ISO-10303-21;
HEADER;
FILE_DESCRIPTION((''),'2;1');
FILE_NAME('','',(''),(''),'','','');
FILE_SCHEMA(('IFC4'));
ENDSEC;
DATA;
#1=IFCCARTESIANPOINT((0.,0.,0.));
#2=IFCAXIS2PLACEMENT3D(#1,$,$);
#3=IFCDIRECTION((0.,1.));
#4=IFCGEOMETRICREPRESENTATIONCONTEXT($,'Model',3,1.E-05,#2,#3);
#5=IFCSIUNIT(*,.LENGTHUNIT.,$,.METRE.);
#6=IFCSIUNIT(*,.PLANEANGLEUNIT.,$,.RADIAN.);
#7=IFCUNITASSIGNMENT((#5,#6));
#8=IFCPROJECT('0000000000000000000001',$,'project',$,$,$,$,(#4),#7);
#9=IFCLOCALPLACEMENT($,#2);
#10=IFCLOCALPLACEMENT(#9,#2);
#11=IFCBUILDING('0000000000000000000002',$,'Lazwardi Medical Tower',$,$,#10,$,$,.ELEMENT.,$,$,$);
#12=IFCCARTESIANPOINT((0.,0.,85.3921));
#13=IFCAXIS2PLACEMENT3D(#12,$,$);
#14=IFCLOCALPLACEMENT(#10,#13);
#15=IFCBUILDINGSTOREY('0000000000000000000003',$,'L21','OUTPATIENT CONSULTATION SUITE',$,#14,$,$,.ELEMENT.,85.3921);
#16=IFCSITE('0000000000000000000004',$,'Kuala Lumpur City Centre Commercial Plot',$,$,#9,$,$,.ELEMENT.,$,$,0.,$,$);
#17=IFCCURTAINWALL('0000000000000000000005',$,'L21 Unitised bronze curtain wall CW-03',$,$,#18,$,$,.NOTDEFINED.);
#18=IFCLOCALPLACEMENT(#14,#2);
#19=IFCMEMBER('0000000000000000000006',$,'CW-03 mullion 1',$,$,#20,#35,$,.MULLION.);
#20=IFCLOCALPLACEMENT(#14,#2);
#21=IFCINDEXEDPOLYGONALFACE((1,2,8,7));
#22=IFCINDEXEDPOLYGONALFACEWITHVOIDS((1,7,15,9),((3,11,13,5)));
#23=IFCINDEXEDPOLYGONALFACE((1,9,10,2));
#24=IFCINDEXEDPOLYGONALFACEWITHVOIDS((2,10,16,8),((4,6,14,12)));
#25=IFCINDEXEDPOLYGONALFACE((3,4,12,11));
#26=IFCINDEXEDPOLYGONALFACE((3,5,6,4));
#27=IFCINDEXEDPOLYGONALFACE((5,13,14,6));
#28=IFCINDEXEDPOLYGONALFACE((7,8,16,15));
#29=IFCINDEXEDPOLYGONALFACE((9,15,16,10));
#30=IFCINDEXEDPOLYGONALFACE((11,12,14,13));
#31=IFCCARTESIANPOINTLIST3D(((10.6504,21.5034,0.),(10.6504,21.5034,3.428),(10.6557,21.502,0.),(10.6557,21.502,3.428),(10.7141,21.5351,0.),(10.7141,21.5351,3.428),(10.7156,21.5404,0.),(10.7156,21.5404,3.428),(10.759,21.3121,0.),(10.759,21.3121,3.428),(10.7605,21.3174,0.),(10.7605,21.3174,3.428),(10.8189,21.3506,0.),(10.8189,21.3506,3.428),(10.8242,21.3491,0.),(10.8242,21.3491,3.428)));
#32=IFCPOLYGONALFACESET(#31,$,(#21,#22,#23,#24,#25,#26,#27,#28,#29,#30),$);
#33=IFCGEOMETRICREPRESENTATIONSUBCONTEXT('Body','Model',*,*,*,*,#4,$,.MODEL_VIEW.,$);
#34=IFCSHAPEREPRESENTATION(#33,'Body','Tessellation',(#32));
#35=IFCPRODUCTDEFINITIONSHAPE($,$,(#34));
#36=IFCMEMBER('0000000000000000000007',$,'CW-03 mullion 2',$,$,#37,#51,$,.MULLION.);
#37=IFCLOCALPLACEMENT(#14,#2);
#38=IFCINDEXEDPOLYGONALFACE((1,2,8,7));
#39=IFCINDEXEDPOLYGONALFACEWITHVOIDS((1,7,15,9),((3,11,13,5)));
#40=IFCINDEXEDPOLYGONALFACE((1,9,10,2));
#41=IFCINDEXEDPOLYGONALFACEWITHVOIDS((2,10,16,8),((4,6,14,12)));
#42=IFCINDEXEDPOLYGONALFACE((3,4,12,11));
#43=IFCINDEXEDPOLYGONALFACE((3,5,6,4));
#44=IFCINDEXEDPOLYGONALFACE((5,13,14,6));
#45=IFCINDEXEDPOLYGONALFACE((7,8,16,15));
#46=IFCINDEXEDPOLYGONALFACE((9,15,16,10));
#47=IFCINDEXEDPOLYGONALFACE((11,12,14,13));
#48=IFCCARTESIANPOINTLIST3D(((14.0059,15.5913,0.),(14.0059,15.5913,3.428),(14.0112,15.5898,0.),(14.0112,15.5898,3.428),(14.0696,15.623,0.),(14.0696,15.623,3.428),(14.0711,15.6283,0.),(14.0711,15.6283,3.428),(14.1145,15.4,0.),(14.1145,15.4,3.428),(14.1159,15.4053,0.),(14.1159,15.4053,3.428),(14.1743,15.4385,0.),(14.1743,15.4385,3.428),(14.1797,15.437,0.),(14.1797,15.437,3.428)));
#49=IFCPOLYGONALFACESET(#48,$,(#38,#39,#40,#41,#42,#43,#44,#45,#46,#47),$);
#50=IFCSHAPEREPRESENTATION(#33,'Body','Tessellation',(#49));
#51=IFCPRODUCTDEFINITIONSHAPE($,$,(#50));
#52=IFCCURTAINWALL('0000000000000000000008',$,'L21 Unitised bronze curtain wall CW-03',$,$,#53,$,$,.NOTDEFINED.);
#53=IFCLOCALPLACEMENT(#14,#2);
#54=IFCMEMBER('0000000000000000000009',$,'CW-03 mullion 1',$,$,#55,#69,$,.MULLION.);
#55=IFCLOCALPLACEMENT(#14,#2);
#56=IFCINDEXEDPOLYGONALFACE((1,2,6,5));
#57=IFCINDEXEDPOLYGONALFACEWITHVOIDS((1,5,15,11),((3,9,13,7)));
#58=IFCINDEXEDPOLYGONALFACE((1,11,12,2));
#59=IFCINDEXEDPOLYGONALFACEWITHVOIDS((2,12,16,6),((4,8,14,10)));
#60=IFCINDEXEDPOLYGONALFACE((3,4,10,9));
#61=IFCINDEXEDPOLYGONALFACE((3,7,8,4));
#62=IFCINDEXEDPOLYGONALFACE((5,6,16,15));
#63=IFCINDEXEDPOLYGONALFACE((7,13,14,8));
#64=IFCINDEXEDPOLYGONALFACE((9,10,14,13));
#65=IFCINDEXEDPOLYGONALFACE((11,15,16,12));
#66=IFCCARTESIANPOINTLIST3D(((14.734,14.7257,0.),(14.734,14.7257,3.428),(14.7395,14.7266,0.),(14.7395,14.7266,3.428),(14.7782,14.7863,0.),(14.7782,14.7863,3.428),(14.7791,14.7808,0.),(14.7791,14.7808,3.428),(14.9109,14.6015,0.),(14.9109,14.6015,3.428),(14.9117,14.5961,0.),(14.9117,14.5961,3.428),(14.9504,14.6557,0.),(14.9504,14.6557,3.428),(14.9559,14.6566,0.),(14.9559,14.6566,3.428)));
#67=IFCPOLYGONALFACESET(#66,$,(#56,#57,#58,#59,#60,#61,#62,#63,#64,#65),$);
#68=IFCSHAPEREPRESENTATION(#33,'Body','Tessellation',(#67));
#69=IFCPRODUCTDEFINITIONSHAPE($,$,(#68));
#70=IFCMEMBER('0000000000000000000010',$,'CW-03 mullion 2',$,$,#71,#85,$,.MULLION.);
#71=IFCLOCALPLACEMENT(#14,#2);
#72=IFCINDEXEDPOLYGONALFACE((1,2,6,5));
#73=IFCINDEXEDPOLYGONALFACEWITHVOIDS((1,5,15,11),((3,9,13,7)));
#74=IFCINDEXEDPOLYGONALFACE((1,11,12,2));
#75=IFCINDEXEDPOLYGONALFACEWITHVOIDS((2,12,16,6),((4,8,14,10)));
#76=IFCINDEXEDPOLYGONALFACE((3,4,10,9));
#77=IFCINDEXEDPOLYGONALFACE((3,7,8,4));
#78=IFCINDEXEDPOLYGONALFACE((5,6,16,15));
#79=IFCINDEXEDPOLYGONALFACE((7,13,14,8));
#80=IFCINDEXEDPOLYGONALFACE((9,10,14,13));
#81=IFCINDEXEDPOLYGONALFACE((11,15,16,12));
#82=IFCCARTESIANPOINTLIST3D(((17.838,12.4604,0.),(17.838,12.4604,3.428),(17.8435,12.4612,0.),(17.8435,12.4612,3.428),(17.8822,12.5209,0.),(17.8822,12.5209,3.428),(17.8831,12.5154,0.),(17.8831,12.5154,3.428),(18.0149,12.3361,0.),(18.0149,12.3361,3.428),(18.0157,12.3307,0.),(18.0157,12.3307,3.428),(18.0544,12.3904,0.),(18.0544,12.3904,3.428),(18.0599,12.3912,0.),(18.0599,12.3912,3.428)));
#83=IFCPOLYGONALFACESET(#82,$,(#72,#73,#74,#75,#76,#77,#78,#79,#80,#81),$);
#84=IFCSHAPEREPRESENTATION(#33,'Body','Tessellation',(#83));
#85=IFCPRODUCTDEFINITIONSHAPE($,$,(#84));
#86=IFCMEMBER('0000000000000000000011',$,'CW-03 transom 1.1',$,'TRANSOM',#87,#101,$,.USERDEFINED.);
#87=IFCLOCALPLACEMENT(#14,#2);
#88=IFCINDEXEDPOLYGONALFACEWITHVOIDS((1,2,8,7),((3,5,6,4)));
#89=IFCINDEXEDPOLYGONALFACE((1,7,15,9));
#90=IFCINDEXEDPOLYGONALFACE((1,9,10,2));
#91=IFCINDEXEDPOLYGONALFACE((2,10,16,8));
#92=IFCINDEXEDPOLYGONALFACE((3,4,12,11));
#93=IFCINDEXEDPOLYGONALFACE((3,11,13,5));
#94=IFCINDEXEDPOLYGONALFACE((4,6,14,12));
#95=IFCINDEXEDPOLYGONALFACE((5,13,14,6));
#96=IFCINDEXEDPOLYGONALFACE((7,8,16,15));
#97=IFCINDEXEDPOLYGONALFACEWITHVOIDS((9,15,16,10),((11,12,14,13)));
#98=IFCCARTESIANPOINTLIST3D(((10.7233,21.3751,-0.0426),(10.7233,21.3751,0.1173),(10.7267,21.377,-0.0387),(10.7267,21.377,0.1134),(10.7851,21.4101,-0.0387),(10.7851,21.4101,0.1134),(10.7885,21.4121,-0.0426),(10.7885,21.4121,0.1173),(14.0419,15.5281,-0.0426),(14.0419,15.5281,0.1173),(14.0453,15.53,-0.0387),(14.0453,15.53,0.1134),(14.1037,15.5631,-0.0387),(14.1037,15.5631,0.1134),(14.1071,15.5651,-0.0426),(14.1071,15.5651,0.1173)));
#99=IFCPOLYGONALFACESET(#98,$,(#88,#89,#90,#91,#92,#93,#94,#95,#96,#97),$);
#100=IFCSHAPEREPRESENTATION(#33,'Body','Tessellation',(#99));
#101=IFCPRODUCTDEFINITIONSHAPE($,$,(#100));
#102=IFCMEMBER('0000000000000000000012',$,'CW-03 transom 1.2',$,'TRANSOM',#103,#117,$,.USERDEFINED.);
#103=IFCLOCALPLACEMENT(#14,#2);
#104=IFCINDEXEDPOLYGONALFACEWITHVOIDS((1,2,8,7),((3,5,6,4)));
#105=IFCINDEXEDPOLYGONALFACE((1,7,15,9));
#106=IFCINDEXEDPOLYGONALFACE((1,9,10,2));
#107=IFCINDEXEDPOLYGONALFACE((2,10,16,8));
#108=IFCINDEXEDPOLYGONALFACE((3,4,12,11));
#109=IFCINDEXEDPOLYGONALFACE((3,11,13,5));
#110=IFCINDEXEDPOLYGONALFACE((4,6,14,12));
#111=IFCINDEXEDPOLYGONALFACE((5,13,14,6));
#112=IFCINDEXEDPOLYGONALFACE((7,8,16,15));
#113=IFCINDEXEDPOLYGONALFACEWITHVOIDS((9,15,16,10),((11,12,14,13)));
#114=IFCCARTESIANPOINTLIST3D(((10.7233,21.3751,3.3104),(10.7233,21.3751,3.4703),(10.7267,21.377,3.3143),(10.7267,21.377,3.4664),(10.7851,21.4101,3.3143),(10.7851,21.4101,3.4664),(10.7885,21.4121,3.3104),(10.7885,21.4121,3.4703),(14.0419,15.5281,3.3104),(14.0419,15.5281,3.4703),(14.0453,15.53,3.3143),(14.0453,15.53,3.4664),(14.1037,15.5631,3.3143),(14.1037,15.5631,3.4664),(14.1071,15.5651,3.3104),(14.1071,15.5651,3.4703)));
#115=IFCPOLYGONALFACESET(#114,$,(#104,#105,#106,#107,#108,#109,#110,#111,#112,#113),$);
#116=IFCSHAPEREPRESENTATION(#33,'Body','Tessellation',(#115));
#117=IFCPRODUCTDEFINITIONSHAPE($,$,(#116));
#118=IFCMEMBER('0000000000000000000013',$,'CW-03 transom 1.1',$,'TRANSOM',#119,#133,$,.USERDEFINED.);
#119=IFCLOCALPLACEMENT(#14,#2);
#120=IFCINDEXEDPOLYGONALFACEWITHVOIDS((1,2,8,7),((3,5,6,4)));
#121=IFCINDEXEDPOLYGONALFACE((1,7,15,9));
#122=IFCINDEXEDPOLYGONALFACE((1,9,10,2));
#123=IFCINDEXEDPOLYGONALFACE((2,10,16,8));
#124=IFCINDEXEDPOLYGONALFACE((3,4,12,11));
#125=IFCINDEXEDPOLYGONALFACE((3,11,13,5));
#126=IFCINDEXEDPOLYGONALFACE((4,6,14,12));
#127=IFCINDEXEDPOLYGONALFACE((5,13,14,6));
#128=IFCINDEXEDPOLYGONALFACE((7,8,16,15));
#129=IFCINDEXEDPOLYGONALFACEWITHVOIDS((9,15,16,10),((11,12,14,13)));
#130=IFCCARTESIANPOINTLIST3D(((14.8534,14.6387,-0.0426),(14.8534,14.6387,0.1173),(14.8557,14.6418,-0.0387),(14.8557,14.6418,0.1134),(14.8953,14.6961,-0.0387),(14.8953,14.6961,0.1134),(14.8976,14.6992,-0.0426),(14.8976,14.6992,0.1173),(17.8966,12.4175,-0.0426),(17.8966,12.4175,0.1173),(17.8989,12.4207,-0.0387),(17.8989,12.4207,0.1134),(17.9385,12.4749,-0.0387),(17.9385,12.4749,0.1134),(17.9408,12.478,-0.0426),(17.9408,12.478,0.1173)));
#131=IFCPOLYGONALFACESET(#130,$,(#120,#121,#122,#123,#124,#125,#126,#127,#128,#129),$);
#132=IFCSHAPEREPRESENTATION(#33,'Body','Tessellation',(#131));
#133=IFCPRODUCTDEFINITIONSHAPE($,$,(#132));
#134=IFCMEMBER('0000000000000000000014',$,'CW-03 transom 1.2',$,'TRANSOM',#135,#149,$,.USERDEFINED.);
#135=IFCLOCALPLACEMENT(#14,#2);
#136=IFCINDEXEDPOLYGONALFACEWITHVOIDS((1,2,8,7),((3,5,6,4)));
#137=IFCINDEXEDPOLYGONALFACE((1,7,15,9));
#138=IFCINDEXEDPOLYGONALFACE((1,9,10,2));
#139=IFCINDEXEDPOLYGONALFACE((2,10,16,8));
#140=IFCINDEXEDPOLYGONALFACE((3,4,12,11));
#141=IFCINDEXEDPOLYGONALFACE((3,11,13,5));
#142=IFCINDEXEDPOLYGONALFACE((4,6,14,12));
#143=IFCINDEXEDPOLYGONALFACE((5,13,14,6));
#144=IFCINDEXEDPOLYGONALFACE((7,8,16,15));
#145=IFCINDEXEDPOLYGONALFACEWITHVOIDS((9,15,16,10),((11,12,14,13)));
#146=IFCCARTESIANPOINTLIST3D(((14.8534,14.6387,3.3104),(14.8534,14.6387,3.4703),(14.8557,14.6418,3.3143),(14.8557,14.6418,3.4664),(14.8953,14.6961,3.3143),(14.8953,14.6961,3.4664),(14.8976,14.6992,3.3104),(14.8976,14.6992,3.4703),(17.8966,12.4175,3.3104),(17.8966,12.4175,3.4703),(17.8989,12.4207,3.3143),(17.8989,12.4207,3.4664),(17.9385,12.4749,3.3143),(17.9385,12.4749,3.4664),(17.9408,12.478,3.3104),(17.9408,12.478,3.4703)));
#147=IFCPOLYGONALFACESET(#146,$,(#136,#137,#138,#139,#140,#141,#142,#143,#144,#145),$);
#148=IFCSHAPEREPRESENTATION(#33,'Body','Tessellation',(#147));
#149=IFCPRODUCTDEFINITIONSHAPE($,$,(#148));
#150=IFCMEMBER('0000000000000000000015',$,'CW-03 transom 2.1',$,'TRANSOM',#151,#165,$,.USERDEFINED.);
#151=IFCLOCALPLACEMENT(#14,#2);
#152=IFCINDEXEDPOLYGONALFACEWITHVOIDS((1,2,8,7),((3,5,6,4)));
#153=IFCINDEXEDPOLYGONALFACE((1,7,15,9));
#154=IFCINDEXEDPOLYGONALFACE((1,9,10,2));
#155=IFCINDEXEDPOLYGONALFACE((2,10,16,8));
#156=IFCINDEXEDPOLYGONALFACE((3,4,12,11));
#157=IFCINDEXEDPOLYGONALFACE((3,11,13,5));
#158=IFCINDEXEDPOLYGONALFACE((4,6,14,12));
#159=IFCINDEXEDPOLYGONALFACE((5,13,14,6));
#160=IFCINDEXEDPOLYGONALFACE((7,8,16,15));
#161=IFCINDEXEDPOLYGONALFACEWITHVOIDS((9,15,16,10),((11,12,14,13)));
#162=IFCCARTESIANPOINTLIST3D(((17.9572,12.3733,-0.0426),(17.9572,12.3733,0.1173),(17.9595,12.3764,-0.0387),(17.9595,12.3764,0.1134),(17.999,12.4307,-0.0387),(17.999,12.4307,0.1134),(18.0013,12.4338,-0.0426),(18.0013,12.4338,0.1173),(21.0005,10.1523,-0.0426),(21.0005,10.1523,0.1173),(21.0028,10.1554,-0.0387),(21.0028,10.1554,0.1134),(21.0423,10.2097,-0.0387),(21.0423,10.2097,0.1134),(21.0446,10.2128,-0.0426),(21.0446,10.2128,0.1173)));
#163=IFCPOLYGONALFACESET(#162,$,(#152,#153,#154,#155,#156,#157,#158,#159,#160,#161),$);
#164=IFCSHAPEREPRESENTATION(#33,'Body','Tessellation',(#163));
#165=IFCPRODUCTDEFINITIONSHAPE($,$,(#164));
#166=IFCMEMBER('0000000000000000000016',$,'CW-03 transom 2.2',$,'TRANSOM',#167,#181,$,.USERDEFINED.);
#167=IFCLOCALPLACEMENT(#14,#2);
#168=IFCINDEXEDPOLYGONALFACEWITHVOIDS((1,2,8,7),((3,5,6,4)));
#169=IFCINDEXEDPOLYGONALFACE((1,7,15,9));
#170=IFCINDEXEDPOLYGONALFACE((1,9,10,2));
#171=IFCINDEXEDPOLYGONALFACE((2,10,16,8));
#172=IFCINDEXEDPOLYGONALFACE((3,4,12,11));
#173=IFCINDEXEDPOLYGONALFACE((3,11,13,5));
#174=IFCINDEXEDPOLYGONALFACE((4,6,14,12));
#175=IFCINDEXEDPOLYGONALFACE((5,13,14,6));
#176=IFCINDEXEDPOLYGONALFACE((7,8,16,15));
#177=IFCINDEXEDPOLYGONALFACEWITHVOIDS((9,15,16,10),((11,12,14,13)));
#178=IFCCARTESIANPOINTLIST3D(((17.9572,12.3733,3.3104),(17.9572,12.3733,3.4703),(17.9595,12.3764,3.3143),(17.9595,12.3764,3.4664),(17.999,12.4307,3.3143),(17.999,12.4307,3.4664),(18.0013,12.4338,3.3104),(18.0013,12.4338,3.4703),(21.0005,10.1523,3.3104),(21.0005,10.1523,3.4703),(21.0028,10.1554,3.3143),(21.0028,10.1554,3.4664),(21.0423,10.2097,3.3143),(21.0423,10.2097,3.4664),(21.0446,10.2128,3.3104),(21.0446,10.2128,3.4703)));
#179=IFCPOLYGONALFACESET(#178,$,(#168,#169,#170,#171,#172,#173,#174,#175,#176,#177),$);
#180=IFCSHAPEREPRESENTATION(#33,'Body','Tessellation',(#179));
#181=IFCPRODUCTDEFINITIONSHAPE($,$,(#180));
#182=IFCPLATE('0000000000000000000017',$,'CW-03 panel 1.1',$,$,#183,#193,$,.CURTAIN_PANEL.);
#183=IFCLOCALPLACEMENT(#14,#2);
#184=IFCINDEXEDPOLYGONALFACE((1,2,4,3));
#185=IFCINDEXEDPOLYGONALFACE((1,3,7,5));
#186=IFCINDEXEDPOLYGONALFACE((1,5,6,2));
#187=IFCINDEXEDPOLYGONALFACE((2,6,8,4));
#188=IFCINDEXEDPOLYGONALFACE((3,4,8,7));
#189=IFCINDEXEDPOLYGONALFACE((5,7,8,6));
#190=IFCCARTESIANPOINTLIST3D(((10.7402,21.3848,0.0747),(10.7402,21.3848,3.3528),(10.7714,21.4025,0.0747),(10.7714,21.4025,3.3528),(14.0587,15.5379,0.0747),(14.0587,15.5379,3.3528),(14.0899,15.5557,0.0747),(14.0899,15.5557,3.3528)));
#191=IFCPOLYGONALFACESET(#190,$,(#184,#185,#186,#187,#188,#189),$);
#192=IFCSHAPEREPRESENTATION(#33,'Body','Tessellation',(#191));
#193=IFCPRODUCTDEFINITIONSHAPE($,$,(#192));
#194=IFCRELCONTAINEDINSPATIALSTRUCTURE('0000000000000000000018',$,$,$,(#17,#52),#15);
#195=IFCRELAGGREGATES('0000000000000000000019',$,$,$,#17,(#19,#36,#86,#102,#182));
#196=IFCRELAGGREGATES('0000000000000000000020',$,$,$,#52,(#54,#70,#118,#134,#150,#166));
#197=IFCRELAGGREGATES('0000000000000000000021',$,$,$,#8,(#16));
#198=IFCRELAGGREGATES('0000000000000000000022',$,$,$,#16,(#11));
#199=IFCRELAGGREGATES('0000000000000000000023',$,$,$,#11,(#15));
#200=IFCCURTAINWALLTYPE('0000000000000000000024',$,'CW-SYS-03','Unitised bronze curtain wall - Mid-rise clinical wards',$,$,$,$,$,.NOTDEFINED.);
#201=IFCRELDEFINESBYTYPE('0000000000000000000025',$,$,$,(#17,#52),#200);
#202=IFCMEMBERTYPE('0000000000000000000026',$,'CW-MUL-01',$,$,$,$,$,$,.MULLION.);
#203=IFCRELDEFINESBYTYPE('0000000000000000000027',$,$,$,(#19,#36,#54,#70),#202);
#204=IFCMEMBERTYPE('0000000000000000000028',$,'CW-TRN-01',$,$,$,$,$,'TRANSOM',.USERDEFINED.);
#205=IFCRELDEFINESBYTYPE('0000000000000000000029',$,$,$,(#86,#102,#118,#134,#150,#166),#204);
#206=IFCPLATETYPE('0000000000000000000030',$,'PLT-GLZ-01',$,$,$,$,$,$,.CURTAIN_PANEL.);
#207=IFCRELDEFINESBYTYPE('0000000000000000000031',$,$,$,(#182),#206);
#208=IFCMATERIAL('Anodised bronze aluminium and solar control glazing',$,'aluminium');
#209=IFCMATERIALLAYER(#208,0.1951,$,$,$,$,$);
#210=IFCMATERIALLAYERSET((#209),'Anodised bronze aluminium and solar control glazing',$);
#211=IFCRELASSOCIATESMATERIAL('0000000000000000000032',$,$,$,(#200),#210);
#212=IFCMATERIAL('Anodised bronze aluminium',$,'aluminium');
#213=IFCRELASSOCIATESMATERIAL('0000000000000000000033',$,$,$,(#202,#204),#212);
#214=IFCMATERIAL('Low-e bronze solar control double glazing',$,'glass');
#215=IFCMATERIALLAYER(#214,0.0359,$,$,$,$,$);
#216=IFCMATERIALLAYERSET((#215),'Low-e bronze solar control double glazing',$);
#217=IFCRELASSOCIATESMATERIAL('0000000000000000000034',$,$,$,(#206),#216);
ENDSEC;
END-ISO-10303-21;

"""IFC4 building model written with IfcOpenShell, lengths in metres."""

from ifc_helpers import new_model, si_unit, direction, frame, origin, origin_2d, place, context, subcontext, project, spatial, rectangle, hollow_rectangle, extrude, material, layer, layer_set, material_profile, profile_set, type_object, element, aggregate, save


model = new_model("IFC4")

# Units and contexts
model_context = context("Model", 3, precision=1e-05, world=origin(), true_north=direction((0.0, 1.0)))
body_context = subcontext(model_context, "Body", "Model", "MODEL_VIEW")
ifc_project = project(units=[si_unit("LENGTHUNIT", "METRE"), si_unit("PLANEANGLEUNIT", "RADIAN")], contexts=[model_context])

# Site, building, storey
site_placement = place(None, origin())
site = spatial("IfcSite", under=ifc_project, at=site_placement, Name="Kuala Lumpur City Centre Commercial Plot", CompositionType="ELEMENT", RefElevation=0.0)
building_placement = place(site_placement, origin())
building = spatial("IfcBuilding", under=site, at=building_placement, Name="Lazwardi Medical Tower", CompositionType="ELEMENT")
storey_placement = place(building_placement, frame((0.0, 0.0, 85.3921)))
storey = spatial("IfcBuildingStorey", under=building, at=storey_placement, Name="L21", Description="OUTPATIENT CONSULTATION SUITE", CompositionType="ELEMENT", Elevation=85.3921)

# Curtain walls, members
ifc_material_1 = material(Name="Anodised bronze aluminium and solar control glazing", Category="aluminium")
ifc_layer_1 = layer(ifc_material_1, 0.1951)
ifc_layer_set_1 = layer_set([ifc_layer_1], Name="Anodised bronze aluminium and solar control glazing")
curtain_wall_type = type_object("IfcCurtainWallType", Name="CW-SYS-03", Description="Unitised bronze curtain wall - Mid-rise clinical wards", PredefinedType="NOTDEFINED", material=ifc_layer_set_1)
curtain_wall_1_placement = place(storey_placement, origin())
curtain_wall_1 = element("IfcCurtainWall", 1, at=curtain_wall_1_placement, inside=storey, type_object=curtain_wall_type, Name="L21 Unitised bronze curtain wall CW-03", PredefinedType="NOTDEFINED")
ifc_material_2 = material(Name="Anodised bronze aluminium", Category="aluminium")
ifc_material_profile_1 = material_profile(ifc_material_2, hollow_rectangle(XDim=0.075, YDim=0.22, WallThickness=0.0039, at=origin_2d()), Name="ALU-MULLION 220x75x4")
ifc_profile_set_1 = profile_set([ifc_material_profile_1], Name="Anodised bronze aluminium")
member_type_1 = type_object("IfcMemberType", Name="CW-MUL-01", PredefinedType="MULLION", material=ifc_profile_set_1)
member_1_placement = place(storey_placement, frame((10.7373, 21.4263, 0.0), z_axis=(0.0, 0.0, 1.0), x_axis=(0.869687, 0.493603, 0.0)))
member_1 = element("IfcMember", 2, at=member_1_placement, type_object=member_type_1, Name="CW-03 mullion 1", PredefinedType="MULLION", context=body_context, shape_type="SweptSolid", body=[
    extrude(hollow_rectangle(XDim=0.075, YDim=0.22, WallThickness=0.0039, at=origin_2d()), origin(), (0.0, 0.0, 1.0), 3.428),
])
member_2_placement = place(storey_placement, frame((14.0928, 15.5142, 0.0), z_axis=(0.0, 0.0, 1.0), x_axis=(0.869687, 0.493603, 0.0)))
member_2 = element("IfcMember", 3, at=member_2_placement, type_object=member_type_1, Name="CW-03 mullion 2", PredefinedType="MULLION", context=body_context, shape_type="SweptSolid", body=[
    extrude(hollow_rectangle(XDim=0.075, YDim=0.22, WallThickness=0.0039, at=origin_2d()), origin(), (0.0, 0.0, 1.0), 3.428),
])
curtain_wall_2_placement = place(storey_placement, origin())
curtain_wall_2 = element("IfcCurtainWall", 4, at=curtain_wall_2_placement, inside=storey, type_object=curtain_wall_type, Name="L21 Unitised bronze curtain wall CW-03", PredefinedType="NOTDEFINED")
member_3_placement = place(storey_placement, frame((14.845, 14.6912, 0.0), z_axis=(0.0, 0.0, 1.0), x_axis=(0.589531, 0.807746, 0.0)))
member_3 = element("IfcMember", 5, at=member_3_placement, type_object=member_type_1, Name="CW-03 mullion 1", PredefinedType="MULLION", context=body_context, shape_type="SweptSolid", body=[
    extrude(hollow_rectangle(XDim=0.075, YDim=0.22, WallThickness=0.0039, at=origin_2d()), origin(), (0.0, 0.0, 1.0), 3.428),
])
member_4_placement = place(storey_placement, frame((17.949, 12.4258, 0.0), z_axis=(0.0, 0.0, 1.0), x_axis=(0.589531, 0.807746, 0.0)))
member_4 = element("IfcMember", 6, at=member_4_placement, type_object=member_type_1, Name="CW-03 mullion 2", PredefinedType="MULLION", context=body_context, shape_type="SweptSolid", body=[
    extrude(hollow_rectangle(XDim=0.075, YDim=0.22, WallThickness=0.0039, at=origin_2d()), origin(), (0.0, 0.0, 1.0), 3.428),
])

# Members
ifc_material_profile_2 = material_profile(ifc_material_2, hollow_rectangle(XDim=0.075, YDim=0.1599, WallThickness=0.0039, at=origin_2d()), Name="ALU-TRANSOM 160x75x4")
ifc_profile_set_2 = profile_set([ifc_material_profile_2], Name="Anodised bronze aluminium")
member_type_2 = type_object("IfcMemberType", Name="CW-TRN-01", ElementType="TRANSOM", PredefinedType="USERDEFINED", material=ifc_profile_set_2)
member_5_placement = place(storey_placement, frame((10.7559, 21.3936, 0.0374), z_axis=(0.493614, -0.869681, 0.0), x_axis=(0.869681, 0.493614, 0.0)))
member_5 = element("IfcMember", 7, at=member_5_placement, type_object=member_type_2, Name="CW-03 transom 1.1", ObjectType="TRANSOM", PredefinedType="USERDEFINED", context=body_context, shape_type="SweptSolid", body=[
    extrude(hollow_rectangle(XDim=0.075, YDim=0.1599, WallThickness=0.0039, at=origin_2d()), origin(), (0.0, 0.0, 1.0), 6.7231),
])
member_6_placement = place(storey_placement, frame((10.7559, 21.3936, 3.3904), z_axis=(0.493614, -0.869681, 0.0), x_axis=(0.869681, 0.493614, 0.0)))
member_6 = element("IfcMember", 8, at=member_6_placement, type_object=member_type_2, Name="CW-03 transom 1.2", ObjectType="TRANSOM", PredefinedType="USERDEFINED", context=body_context, shape_type="SweptSolid", body=[
    extrude(hollow_rectangle(XDim=0.075, YDim=0.1599, WallThickness=0.0039, at=origin_2d()), origin(), (0.0, 0.0, 1.0), 6.7231),
])
member_7_placement = place(storey_placement, frame((14.8755, 14.6689, 0.0374), z_axis=(0.807732, -0.58955, 0.0), x_axis=(0.58955, 0.807732, 0.0)))
member_7 = element("IfcMember", 9, at=member_7_placement, type_object=member_type_2, Name="CW-03 transom 1.1", ObjectType="TRANSOM", PredefinedType="USERDEFINED", context=body_context, shape_type="SweptSolid", body=[
    extrude(hollow_rectangle(XDim=0.075, YDim=0.1599, WallThickness=0.0039, at=origin_2d()), origin(), (0.0, 0.0, 1.0), 3.7676),
])
member_8_placement = place(storey_placement, frame((14.8755, 14.6689, 3.3904), z_axis=(0.807732, -0.58955, 0.0), x_axis=(0.58955, 0.807732, 0.0)))
member_8 = element("IfcMember", 10, at=member_8_placement, type_object=member_type_2, Name="CW-03 transom 1.2", ObjectType="TRANSOM", PredefinedType="USERDEFINED", context=body_context, shape_type="SweptSolid", body=[
    extrude(hollow_rectangle(XDim=0.075, YDim=0.1599, WallThickness=0.0039, at=origin_2d()), origin(), (0.0, 0.0, 1.0), 3.7676),
])
member_9_placement = place(storey_placement, frame((17.9792, 12.4036, 0.0374), z_axis=(0.807763, -0.589508, 0.0), x_axis=(0.589508, 0.807763, 0.0)))
member_9 = element("IfcMember", 11, at=member_9_placement, type_object=member_type_2, Name="CW-03 transom 2.1", ObjectType="TRANSOM", PredefinedType="USERDEFINED", context=body_context, shape_type="SweptSolid", body=[
    extrude(hollow_rectangle(XDim=0.075, YDim=0.1599, WallThickness=0.0039, at=origin_2d()), origin(), (0.0, 0.0, 1.0), 3.7676),
])
member_10_placement = place(storey_placement, frame((17.9792, 12.4036, 3.3904), z_axis=(0.807763, -0.589508, 0.0), x_axis=(0.589508, 0.807763, 0.0)))
member_10 = element("IfcMember", 12, at=member_10_placement, type_object=member_type_2, Name="CW-03 transom 2.2", ObjectType="TRANSOM", PredefinedType="USERDEFINED", context=body_context, shape_type="SweptSolid", body=[
    extrude(hollow_rectangle(XDim=0.075, YDim=0.1599, WallThickness=0.0039, at=origin_2d()), origin(), (0.0, 0.0, 1.0), 3.7676),
])

# Plate
ifc_material_3 = material(Name="Low-e bronze solar control double glazing", Category="glass")
ifc_layer_2 = layer(ifc_material_3, 0.0359)
ifc_layer_set_2 = layer_set([ifc_layer_2], Name="Low-e bronze solar control double glazing")
plate_type = type_object("IfcPlateType", Name="PLT-GLZ-01", PredefinedType="CURTAIN_PANEL", material=ifc_layer_set_2)
plate_1_placement = place(storey_placement, frame((12.415, 18.4702, 0.0747), z_axis=(0.0, 0.0, 1.0), x_axis=(0.493603, -0.869687, 0.0)))
plate_1 = element("IfcPlate", 13, at=plate_1_placement, type_object=plate_type, Name="CW-03 panel 1.1", PredefinedType="CURTAIN_PANEL", context=body_context, shape_type="SweptSolid", body=[
    extrude(rectangle(XDim=6.7229, YDim=0.0359, at=origin_2d()), origin(), (0.0, 0.0, 1.0), 3.2781),
])
aggregate(curtain_wall_1, [member_1, member_2, member_5, member_6, plate_1])
aggregate(curtain_wall_2, [member_3, member_4, member_7, member_8, member_9, member_10])

save(model, "model.ifc")
